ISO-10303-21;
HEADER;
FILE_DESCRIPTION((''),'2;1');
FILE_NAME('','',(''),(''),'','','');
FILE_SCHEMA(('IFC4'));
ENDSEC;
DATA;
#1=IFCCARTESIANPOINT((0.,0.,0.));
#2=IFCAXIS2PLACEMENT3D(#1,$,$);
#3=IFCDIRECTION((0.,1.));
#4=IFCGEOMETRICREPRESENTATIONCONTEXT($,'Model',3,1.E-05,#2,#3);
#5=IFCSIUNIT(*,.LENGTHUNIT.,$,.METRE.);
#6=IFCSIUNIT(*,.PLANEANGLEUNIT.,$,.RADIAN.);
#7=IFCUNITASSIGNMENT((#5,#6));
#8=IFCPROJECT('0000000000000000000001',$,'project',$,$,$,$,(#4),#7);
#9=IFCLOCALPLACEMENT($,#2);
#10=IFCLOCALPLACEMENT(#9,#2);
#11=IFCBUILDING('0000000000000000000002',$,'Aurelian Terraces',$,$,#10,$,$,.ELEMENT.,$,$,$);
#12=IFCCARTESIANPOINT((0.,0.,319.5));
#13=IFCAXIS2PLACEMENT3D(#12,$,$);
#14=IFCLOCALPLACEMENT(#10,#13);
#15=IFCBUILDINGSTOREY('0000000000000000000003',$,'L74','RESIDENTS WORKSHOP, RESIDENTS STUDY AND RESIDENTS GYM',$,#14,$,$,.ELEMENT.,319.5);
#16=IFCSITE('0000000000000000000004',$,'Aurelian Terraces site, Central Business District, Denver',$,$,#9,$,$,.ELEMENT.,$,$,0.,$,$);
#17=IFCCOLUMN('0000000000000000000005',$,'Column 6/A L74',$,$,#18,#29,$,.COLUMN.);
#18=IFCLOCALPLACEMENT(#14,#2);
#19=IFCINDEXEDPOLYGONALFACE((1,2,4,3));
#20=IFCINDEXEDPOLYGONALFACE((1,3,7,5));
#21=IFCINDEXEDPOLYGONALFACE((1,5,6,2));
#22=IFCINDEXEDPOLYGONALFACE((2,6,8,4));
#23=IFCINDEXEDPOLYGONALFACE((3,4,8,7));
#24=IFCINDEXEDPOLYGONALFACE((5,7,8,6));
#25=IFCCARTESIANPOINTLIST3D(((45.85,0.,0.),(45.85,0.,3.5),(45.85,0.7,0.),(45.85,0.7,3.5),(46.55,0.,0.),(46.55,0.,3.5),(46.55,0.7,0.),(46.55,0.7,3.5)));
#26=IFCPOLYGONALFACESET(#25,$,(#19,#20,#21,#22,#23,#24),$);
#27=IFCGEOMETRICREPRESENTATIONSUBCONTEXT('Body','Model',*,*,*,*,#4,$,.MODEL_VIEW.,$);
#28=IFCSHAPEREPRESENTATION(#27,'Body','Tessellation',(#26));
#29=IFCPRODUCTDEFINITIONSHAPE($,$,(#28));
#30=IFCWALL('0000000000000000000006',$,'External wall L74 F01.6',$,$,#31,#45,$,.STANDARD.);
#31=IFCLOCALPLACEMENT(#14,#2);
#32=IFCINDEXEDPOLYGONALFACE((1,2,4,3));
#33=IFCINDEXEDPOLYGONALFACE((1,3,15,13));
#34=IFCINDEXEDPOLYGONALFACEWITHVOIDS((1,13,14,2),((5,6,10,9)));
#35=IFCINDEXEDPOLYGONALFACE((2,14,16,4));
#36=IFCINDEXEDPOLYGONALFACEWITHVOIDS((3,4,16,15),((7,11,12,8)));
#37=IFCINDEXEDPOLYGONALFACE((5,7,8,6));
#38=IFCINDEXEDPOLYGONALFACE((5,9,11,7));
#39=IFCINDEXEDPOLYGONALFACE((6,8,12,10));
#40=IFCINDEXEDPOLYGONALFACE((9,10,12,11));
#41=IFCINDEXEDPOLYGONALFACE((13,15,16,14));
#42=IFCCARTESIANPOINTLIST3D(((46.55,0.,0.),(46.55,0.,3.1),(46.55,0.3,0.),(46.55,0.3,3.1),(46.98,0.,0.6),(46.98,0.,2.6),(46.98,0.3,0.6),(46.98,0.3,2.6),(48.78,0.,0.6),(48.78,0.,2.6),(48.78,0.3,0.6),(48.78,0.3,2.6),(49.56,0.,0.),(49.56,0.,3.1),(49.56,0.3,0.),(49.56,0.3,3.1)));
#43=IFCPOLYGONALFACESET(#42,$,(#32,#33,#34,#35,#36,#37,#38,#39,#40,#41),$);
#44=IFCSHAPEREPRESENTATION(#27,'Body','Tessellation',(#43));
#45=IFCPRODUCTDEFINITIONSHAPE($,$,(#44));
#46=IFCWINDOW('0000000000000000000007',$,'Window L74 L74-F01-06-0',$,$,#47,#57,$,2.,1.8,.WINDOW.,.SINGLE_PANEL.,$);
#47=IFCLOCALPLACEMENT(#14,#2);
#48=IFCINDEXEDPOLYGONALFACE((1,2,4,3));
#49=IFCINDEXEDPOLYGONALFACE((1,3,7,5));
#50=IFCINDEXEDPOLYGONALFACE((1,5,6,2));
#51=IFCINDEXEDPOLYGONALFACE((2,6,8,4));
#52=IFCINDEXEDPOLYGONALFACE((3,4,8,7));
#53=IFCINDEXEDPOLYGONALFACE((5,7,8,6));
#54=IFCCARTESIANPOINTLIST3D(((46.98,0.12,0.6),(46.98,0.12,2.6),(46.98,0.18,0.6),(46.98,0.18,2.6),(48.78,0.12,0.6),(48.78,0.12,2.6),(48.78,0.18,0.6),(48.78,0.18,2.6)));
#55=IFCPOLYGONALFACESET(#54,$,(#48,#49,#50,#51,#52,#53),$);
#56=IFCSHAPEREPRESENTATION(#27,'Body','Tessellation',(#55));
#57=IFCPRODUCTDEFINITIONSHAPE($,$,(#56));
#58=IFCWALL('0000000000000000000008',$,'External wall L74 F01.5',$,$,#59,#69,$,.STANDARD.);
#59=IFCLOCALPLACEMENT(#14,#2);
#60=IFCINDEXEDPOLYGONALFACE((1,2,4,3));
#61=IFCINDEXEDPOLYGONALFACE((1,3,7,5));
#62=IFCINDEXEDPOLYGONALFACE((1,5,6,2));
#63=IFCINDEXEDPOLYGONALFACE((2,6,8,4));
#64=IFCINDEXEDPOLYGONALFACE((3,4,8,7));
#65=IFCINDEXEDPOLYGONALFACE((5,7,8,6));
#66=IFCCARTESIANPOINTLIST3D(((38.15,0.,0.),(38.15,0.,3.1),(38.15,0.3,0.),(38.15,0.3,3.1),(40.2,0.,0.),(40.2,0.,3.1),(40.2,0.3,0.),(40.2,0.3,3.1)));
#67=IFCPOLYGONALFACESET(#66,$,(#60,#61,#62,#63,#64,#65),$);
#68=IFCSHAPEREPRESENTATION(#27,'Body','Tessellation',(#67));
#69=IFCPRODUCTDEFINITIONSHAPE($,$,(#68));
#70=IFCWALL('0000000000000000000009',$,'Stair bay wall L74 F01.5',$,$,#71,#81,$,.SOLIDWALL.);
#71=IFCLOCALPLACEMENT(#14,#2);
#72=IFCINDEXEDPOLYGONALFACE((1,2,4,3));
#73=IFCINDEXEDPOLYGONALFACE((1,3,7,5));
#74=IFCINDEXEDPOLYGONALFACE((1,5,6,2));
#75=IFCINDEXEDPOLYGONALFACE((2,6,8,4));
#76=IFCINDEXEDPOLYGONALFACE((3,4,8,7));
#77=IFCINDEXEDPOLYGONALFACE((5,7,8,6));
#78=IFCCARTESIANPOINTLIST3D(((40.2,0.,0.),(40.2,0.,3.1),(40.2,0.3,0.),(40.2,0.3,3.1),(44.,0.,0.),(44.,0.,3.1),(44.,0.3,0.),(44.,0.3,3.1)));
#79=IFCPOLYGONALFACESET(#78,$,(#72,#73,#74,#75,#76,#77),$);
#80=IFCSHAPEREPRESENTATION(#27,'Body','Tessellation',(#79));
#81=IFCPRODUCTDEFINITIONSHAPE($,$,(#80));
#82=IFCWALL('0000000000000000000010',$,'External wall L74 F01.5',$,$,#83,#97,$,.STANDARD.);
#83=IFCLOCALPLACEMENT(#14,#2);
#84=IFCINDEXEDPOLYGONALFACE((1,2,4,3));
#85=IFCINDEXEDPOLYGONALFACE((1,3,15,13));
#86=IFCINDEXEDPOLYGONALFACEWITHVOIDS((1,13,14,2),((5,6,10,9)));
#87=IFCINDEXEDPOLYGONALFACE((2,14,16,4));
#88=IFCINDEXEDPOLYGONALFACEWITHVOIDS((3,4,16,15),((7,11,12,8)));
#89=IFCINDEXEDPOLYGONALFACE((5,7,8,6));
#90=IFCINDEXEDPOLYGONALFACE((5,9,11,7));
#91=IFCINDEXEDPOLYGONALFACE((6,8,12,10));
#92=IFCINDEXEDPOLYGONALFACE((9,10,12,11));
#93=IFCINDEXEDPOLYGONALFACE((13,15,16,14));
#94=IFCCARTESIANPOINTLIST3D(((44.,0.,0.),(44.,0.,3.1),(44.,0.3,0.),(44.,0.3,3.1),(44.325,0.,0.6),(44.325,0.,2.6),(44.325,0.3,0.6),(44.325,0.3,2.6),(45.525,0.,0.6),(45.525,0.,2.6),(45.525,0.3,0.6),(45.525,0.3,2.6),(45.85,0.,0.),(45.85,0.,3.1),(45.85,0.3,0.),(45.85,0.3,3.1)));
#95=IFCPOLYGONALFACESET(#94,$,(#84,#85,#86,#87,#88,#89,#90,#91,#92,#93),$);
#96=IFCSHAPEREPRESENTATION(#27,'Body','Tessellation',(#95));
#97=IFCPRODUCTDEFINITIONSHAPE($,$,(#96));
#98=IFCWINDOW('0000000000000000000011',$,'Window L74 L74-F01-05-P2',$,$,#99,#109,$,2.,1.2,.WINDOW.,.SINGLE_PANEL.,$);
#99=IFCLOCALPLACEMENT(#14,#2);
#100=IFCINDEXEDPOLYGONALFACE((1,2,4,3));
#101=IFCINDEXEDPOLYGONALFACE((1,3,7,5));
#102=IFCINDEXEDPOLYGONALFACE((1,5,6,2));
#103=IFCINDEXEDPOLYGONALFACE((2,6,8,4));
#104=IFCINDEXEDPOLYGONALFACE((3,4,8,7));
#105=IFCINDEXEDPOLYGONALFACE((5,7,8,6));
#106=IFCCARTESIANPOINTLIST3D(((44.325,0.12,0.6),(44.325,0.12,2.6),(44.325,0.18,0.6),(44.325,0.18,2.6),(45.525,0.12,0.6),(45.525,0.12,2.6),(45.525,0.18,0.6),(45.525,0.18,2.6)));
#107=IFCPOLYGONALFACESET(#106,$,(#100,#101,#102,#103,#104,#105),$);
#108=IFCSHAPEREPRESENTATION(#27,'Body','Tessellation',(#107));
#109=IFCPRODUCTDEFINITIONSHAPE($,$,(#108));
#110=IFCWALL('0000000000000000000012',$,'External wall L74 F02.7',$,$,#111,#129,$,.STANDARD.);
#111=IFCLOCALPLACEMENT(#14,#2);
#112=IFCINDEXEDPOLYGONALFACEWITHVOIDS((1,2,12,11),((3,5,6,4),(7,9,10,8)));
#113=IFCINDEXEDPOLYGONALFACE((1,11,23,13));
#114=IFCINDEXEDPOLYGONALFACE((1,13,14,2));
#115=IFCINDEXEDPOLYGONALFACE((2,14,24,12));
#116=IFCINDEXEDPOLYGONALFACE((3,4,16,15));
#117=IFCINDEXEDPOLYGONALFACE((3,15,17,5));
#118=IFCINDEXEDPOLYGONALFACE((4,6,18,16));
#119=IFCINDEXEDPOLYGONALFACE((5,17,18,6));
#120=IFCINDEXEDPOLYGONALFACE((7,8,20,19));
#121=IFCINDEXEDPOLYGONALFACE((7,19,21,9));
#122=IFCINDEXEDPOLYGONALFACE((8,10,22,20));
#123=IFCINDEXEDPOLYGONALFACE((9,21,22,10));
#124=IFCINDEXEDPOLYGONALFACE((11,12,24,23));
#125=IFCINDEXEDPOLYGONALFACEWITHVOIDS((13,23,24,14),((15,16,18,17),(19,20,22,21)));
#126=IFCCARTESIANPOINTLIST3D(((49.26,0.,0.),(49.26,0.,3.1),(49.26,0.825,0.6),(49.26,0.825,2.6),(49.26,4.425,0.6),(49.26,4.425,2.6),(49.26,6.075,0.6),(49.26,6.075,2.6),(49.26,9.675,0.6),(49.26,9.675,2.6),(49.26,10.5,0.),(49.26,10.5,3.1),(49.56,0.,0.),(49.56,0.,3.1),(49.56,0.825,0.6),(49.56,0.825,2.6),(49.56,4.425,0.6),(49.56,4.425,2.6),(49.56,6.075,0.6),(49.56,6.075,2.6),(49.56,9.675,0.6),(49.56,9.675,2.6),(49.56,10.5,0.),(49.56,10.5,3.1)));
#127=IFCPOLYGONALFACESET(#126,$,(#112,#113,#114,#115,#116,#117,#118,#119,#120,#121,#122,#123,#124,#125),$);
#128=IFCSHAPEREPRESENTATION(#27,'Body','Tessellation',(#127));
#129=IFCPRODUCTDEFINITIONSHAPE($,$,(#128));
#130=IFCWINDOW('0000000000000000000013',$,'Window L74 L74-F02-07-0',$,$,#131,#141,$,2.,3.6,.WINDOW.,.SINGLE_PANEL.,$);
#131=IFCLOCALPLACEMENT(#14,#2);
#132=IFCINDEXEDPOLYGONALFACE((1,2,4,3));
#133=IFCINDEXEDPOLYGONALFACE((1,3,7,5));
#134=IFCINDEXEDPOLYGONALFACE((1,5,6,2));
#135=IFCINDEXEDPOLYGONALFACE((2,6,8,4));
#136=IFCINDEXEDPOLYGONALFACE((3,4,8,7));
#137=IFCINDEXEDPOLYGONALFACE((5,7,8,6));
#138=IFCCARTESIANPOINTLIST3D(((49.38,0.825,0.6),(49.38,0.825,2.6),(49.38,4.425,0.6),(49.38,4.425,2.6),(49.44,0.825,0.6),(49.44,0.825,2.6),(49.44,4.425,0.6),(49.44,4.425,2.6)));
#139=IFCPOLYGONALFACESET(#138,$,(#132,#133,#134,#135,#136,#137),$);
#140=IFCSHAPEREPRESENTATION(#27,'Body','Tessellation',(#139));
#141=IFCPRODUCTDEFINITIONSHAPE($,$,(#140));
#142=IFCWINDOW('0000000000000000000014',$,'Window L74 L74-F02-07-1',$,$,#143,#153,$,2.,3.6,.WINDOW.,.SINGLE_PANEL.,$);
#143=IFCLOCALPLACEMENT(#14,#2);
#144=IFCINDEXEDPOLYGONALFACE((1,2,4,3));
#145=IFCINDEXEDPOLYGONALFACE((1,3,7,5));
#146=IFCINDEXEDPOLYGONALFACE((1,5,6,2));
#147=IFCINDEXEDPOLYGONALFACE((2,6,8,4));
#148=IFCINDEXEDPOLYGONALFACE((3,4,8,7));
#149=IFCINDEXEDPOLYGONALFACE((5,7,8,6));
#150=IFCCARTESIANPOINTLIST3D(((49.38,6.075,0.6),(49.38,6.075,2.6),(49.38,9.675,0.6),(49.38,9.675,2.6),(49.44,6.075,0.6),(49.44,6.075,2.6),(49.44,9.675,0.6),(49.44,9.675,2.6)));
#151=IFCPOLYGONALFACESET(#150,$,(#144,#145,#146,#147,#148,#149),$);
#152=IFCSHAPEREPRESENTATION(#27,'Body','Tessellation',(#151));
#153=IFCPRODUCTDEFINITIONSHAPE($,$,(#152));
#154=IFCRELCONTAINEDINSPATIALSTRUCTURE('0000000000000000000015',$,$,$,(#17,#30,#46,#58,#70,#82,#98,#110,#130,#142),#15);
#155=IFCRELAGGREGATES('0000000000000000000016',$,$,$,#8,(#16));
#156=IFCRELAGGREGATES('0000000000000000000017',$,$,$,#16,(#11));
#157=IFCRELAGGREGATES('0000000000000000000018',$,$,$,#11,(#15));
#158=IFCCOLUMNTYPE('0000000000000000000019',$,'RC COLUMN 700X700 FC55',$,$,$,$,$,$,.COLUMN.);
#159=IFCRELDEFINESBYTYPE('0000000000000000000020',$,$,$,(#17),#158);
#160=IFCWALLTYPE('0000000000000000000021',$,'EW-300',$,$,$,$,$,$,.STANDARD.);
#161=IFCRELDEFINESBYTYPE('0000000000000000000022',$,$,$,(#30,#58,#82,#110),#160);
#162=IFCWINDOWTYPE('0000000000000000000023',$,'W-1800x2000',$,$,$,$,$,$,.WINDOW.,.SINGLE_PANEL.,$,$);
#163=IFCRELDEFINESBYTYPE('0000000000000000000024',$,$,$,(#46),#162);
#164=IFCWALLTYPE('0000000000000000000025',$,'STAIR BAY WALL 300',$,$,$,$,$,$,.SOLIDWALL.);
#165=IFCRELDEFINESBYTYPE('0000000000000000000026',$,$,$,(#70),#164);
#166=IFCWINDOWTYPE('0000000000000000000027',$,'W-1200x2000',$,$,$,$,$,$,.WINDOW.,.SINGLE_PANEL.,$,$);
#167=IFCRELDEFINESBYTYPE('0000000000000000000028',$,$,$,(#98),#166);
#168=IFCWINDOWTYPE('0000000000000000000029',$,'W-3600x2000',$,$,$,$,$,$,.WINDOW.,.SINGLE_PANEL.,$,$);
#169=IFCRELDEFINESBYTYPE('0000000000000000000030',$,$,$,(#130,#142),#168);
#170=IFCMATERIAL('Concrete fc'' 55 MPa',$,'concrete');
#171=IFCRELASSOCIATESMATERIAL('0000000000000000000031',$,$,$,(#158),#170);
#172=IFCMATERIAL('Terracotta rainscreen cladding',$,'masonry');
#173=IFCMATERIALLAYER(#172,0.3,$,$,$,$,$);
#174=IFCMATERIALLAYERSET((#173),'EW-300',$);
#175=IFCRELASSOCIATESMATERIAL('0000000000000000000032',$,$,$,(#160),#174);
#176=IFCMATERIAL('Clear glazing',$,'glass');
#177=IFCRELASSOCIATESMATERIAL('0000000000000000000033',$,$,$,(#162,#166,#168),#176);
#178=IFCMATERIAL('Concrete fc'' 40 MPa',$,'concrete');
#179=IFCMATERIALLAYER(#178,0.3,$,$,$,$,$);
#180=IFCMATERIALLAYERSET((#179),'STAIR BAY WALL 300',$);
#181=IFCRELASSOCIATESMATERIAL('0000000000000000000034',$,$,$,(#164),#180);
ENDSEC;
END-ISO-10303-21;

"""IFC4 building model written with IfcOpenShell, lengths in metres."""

from ifc_helpers import new_model, si_unit, direction, frame, frame_2d, origin, origin_2d, place, context, subcontext, project, spatial, rectangle, extrude, source, transform, mapped, material, layer, layer_set, material_profile, profile_set, type_object, element, fill, save


model = new_model("IFC4")

# Units and contexts
model_context = context("Model", 3, precision=1e-05, world=origin(), true_north=direction((0.0, 1.0)))
body_context = subcontext(model_context, "Body", "Model", "MODEL_VIEW")
ifc_project = project(units=[si_unit("LENGTHUNIT", "METRE"), si_unit("PLANEANGLEUNIT", "RADIAN")], contexts=[model_context])

# Site, building, storey
site_placement = place(None, origin())
site = spatial("IfcSite", under=ifc_project, at=site_placement, Name="Aurelian Terraces site, Central Business District, Denver", CompositionType="ELEMENT", RefElevation=0.0)
building_placement = place(site_placement, origin())
building = spatial("IfcBuilding", under=site, at=building_placement, Name="Aurelian Terraces", CompositionType="ELEMENT")
storey_placement = place(building_placement, frame((0.0, 0.0, 319.5)))
storey = spatial("IfcBuildingStorey", under=building, at=storey_placement, Name="L74", Description="RESIDENTS WORKSHOP, RESIDENTS STUDY AND RESIDENTS GYM", CompositionType="ELEMENT", Elevation=319.5)

# Column
ifc_material_1 = material(Name="Concrete fc' 55 MPa", Category="concrete")
ifc_material_profile = material_profile(ifc_material_1, rectangle(XDim=0.7, YDim=0.7, at=origin_2d()))
ifc_profile_set = profile_set([ifc_material_profile], Name="Concrete fc' 55 MPa")
column_type = type_object("IfcColumnType", Name="RC COLUMN 700X700 FC55", PredefinedType="COLUMN", material=ifc_profile_set)
shared_shape_1 = source(origin(), body_context, "Body", "SweptSolid", [
    extrude(rectangle(XDim=0.7, YDim=0.7, at=origin_2d()), origin(), (0.0, 0.0, 1.0), 3.5),
])
column_placement = place(storey_placement, frame((46.2, 0.35, 0.0), z_axis=(0.0, 0.0, 1.0), x_axis=(1.0, 0.0, 0.0)))
element("IfcColumn", 1, at=column_placement, inside=storey, type_object=column_type, Name="Column 6/A L74", PredefinedType="COLUMN", context=body_context, shape_type="MappedRepresentation", body=[
    mapped(shared_shape_1, transform((0.0, 0.0, 0.0), scale=1.0)),
])

# Wall, opening, window
ifc_material_2 = material(Name="Terracotta rainscreen cladding", Category="masonry")
ifc_layer_1 = layer(ifc_material_2, 0.3)
ifc_layer_set_1 = layer_set([ifc_layer_1], Name="EW-300")
wall_type_1 = type_object("IfcWallType", Name="EW-300", PredefinedType="STANDARD", material=ifc_layer_set_1)
shared_shape_2 = source(origin(), body_context, "Body", "SweptSolid", [
    extrude(rectangle(XDim=3.01, YDim=0.3, at=frame_2d((1.505, 0.0))), origin(), (0.0, 0.0, 1.0), 3.1),
])
wall_1_placement = place(storey_placement, frame((46.55, 0.15, 0.0), z_axis=(0.0, 0.0, 1.0), x_axis=(1.0, 0.0, 0.0)))
wall_1 = element("IfcWall", 2, at=wall_1_placement, inside=storey, type_object=wall_type_1, Name="External wall L74 F01.6", PredefinedType="STANDARD", context=body_context, shape_type="MappedRepresentation", body=[
    mapped(shared_shape_2, transform((0.0, 0.0, 0.0), scale=1.0)),
])
shared_shape_3 = source(origin(), body_context, "Body", "SweptSolid", [
    extrude(rectangle(XDim=1.8, YDim=2.0, at=frame_2d((0.9, 1.0))), frame((0.0, 0.16, 0.0), z_axis=(0.0, -1.0, 0.0), x_axis=(1.0, 0.0, 0.0)), (0.0, 0.0, 1.0), 0.32),
])
opening_1_placement = place(wall_1_placement, frame((0.43, 0.0, 0.6)))
opening_1 = element("IfcOpeningElement", 3, at=opening_1_placement, cuts=wall_1, PredefinedType="OPENING", context=body_context, shape_type="MappedRepresentation", body=[
    mapped(shared_shape_3, transform((0.0, 0.0, 0.0), scale=1.0)),
])
ifc_material_3 = material(Name="Clear glazing", Category="glass")
window_type_1 = type_object("IfcWindowType", Name="W-1800x2000", PartitioningType="SINGLE_PANEL", PredefinedType="WINDOW", material=ifc_material_3)
shared_shape_4 = source(origin(), body_context, "Body", "SweptSolid", [
    extrude(rectangle(XDim=1.8, YDim=2.0, at=frame_2d((0.9, 1.0))), frame((0.0, 0.03, 0.0), z_axis=(0.0, -1.0, 0.0), x_axis=(1.0, 0.0, 0.0)), (0.0, 0.0, 1.0), 0.06),
])
window_1_placement = place(opening_1_placement, origin())
window_1 = element("IfcWindow", 4, at=window_1_placement, inside=storey, type_object=window_type_1, Name="Window L74 L74-F01-06-0", OverallHeight=2.0, OverallWidth=1.8, PartitioningType="SINGLE_PANEL", PredefinedType="WINDOW", context=body_context, shape_type="MappedRepresentation", body=[
    mapped(shared_shape_4, transform((0.0, 0.0, 0.0), scale=1.0)),
])
fill(opening_1, window_1)

# Walls
shared_shape_5 = source(origin(), body_context, "Body", "SweptSolid", [
    extrude(rectangle(XDim=2.05, YDim=0.3, at=frame_2d((1.025, 0.0))), origin(), (0.0, 0.0, 1.0), 3.1),
])
wall_2_placement = place(storey_placement, frame((38.15, 0.15, 0.0), z_axis=(0.0, 0.0, 1.0), x_axis=(1.0, 0.0, 0.0)))
element("IfcWall", 5, at=wall_2_placement, inside=storey, type_object=wall_type_1, Name="External wall L74 F01.5", PredefinedType="STANDARD", context=body_context, shape_type="MappedRepresentation", body=[
    mapped(shared_shape_5, transform((0.0, 0.0, 0.0), scale=1.0)),
])
ifc_material_4 = material(Name="Concrete fc' 40 MPa", Category="concrete")
ifc_layer_2 = layer(ifc_material_4, 0.3)
ifc_layer_set_2 = layer_set([ifc_layer_2], Name="STAIR BAY WALL 300")
wall_type_2 = type_object("IfcWallType", Name="STAIR BAY WALL 300", PredefinedType="SOLIDWALL", material=ifc_layer_set_2)
shared_shape_6 = source(origin(), body_context, "Body", "SweptSolid", [
    extrude(rectangle(XDim=3.8, YDim=0.3, at=frame_2d((1.9, 0.0))), origin(), (0.0, 0.0, 1.0), 3.1),
])
wall_3_placement = place(storey_placement, frame((40.2, 0.15, 0.0), z_axis=(0.0, 0.0, 1.0), x_axis=(1.0, 0.0, 0.0)))
element("IfcWall", 6, at=wall_3_placement, inside=storey, type_object=wall_type_2, Name="Stair bay wall L74 F01.5", PredefinedType="SOLIDWALL", context=body_context, shape_type="MappedRepresentation", body=[
    mapped(shared_shape_6, transform((0.0, 0.0, 0.0), scale=1.0)),
])

# Wall, opening, window
shared_shape_7 = source(origin(), body_context, "Body", "SweptSolid", [
    extrude(rectangle(XDim=1.85, YDim=0.3, at=frame_2d((0.925, 0.0))), origin(), (0.0, 0.0, 1.0), 3.1),
])
wall_4_placement = place(storey_placement, frame((44.0, 0.15, 0.0), z_axis=(0.0, 0.0, 1.0), x_axis=(1.0, 0.0, 0.0)))
wall_4 = element("IfcWall", 7, at=wall_4_placement, inside=storey, type_object=wall_type_1, Name="External wall L74 F01.5", PredefinedType="STANDARD", context=body_context, shape_type="MappedRepresentation", body=[
    mapped(shared_shape_7, transform((0.0, 0.0, 0.0), scale=1.0)),
])
shared_shape_8 = source(origin(), body_context, "Body", "SweptSolid", [
    extrude(rectangle(XDim=1.2, YDim=2.0, at=frame_2d((0.6, 1.0))), frame((0.0, 0.16, 0.0), z_axis=(0.0, -1.0, 0.0), x_axis=(1.0, 0.0, 0.0)), (0.0, 0.0, 1.0), 0.32),
])
opening_2_placement = place(wall_4_placement, frame((0.325, 0.0, 0.6)))
opening_2 = element("IfcOpeningElement", 8, at=opening_2_placement, cuts=wall_4, PredefinedType="OPENING", context=body_context, shape_type="MappedRepresentation", body=[
    mapped(shared_shape_8, transform((0.0, 0.0, 0.0), scale=1.0)),
])
window_type_2 = type_object("IfcWindowType", Name="W-1200x2000", PartitioningType="SINGLE_PANEL", PredefinedType="WINDOW", material=ifc_material_3)
shared_shape_9 = source(origin(), body_context, "Body", "SweptSolid", [
    extrude(rectangle(XDim=1.2, YDim=2.0, at=frame_2d((0.6, 1.0))), frame((0.0, 0.03, 0.0), z_axis=(0.0, -1.0, 0.0), x_axis=(1.0, 0.0, 0.0)), (0.0, 0.0, 1.0), 0.06),
])
window_2_placement = place(opening_2_placement, origin())
window_2 = element("IfcWindow", 9, at=window_2_placement, inside=storey, type_object=window_type_2, Name="Window L74 L74-F01-05-P2", OverallHeight=2.0, OverallWidth=1.2, PartitioningType="SINGLE_PANEL", PredefinedType="WINDOW", context=body_context, shape_type="MappedRepresentation", body=[
    mapped(shared_shape_9, transform((0.0, 0.0, 0.0), scale=1.0)),
])
fill(opening_2, window_2)

# Wall, openings, windows
shared_shape_10 = source(origin(), body_context, "Body", "SweptSolid", [
    extrude(rectangle(XDim=10.5, YDim=0.3, at=frame_2d((5.25, 0.0))), origin(), (0.0, 0.0, 1.0), 3.1),
])
wall_5_placement = place(storey_placement, frame((49.41, 0.0, 0.0), z_axis=(0.0, 0.0, 1.0), x_axis=(0.0, 1.0, 0.0)))
wall_5 = element("IfcWall", 10, at=wall_5_placement, inside=storey, type_object=wall_type_1, Name="External wall L74 F02.7", PredefinedType="STANDARD", context=body_context, shape_type="MappedRepresentation", body=[
    mapped(shared_shape_10, transform((0.0, 0.0, 0.0), scale=1.0)),
])
shared_shape_11 = source(origin(), body_context, "Body", "SweptSolid", [
    extrude(rectangle(XDim=3.6, YDim=2.0, at=frame_2d((1.8, 1.0))), frame((0.0, 0.16, 0.0), z_axis=(0.0, -1.0, 0.0), x_axis=(1.0, 0.0, 0.0)), (0.0, 0.0, 1.0), 0.32),
])
opening_3_placement = place(wall_5_placement, frame((0.825, 0.0, 0.6)))
opening_3 = element("IfcOpeningElement", 11, at=opening_3_placement, cuts=wall_5, PredefinedType="OPENING", context=body_context, shape_type="MappedRepresentation", body=[
    mapped(shared_shape_11, transform((0.0, 0.0, 0.0), scale=1.0)),
])
opening_4_placement = place(wall_5_placement, frame((6.075, 0.0, 0.6)))
opening_4 = element("IfcOpeningElement", 12, at=opening_4_placement, cuts=wall_5, PredefinedType="OPENING", context=body_context, shape_type="MappedRepresentation", body=[
    mapped(shared_shape_11, transform((0.0, 0.0, 0.0), scale=1.0)),
])
window_type_3 = type_object("IfcWindowType", Name="W-3600x2000", PartitioningType="SINGLE_PANEL", PredefinedType="WINDOW", material=ifc_material_3)
shared_shape_12 = source(origin(), body_context, "Body", "SweptSolid", [
    extrude(rectangle(XDim=3.6, YDim=2.0, at=frame_2d((1.8, 1.0))), frame((0.0, 0.03, 0.0), z_axis=(0.0, -1.0, 0.0), x_axis=(1.0, 0.0, 0.0)), (0.0, 0.0, 1.0), 0.06),
])
window_3_placement = place(opening_3_placement, origin())
window_3 = element("IfcWindow", 13, at=window_3_placement, inside=storey, type_object=window_type_3, Name="Window L74 L74-F02-07-0", OverallHeight=2.0, OverallWidth=3.6, PartitioningType="SINGLE_PANEL", PredefinedType="WINDOW", context=body_context, shape_type="MappedRepresentation", body=[
    mapped(shared_shape_12, transform((0.0, 0.0, 0.0), scale=1.0)),
])
fill(opening_3, window_3)
window_4_placement = place(opening_4_placement, origin())
window_4 = element("IfcWindow", 14, at=window_4_placement, inside=storey, type_object=window_type_3, Name="Window L74 L74-F02-07-1", OverallHeight=2.0, OverallWidth=3.6, PartitioningType="SINGLE_PANEL", PredefinedType="WINDOW", context=body_context, shape_type="MappedRepresentation", body=[
    mapped(shared_shape_12, transform((0.0, 0.0, 0.0), scale=1.0)),
])
fill(opening_4, window_4)

save(model, "model.ifc")
